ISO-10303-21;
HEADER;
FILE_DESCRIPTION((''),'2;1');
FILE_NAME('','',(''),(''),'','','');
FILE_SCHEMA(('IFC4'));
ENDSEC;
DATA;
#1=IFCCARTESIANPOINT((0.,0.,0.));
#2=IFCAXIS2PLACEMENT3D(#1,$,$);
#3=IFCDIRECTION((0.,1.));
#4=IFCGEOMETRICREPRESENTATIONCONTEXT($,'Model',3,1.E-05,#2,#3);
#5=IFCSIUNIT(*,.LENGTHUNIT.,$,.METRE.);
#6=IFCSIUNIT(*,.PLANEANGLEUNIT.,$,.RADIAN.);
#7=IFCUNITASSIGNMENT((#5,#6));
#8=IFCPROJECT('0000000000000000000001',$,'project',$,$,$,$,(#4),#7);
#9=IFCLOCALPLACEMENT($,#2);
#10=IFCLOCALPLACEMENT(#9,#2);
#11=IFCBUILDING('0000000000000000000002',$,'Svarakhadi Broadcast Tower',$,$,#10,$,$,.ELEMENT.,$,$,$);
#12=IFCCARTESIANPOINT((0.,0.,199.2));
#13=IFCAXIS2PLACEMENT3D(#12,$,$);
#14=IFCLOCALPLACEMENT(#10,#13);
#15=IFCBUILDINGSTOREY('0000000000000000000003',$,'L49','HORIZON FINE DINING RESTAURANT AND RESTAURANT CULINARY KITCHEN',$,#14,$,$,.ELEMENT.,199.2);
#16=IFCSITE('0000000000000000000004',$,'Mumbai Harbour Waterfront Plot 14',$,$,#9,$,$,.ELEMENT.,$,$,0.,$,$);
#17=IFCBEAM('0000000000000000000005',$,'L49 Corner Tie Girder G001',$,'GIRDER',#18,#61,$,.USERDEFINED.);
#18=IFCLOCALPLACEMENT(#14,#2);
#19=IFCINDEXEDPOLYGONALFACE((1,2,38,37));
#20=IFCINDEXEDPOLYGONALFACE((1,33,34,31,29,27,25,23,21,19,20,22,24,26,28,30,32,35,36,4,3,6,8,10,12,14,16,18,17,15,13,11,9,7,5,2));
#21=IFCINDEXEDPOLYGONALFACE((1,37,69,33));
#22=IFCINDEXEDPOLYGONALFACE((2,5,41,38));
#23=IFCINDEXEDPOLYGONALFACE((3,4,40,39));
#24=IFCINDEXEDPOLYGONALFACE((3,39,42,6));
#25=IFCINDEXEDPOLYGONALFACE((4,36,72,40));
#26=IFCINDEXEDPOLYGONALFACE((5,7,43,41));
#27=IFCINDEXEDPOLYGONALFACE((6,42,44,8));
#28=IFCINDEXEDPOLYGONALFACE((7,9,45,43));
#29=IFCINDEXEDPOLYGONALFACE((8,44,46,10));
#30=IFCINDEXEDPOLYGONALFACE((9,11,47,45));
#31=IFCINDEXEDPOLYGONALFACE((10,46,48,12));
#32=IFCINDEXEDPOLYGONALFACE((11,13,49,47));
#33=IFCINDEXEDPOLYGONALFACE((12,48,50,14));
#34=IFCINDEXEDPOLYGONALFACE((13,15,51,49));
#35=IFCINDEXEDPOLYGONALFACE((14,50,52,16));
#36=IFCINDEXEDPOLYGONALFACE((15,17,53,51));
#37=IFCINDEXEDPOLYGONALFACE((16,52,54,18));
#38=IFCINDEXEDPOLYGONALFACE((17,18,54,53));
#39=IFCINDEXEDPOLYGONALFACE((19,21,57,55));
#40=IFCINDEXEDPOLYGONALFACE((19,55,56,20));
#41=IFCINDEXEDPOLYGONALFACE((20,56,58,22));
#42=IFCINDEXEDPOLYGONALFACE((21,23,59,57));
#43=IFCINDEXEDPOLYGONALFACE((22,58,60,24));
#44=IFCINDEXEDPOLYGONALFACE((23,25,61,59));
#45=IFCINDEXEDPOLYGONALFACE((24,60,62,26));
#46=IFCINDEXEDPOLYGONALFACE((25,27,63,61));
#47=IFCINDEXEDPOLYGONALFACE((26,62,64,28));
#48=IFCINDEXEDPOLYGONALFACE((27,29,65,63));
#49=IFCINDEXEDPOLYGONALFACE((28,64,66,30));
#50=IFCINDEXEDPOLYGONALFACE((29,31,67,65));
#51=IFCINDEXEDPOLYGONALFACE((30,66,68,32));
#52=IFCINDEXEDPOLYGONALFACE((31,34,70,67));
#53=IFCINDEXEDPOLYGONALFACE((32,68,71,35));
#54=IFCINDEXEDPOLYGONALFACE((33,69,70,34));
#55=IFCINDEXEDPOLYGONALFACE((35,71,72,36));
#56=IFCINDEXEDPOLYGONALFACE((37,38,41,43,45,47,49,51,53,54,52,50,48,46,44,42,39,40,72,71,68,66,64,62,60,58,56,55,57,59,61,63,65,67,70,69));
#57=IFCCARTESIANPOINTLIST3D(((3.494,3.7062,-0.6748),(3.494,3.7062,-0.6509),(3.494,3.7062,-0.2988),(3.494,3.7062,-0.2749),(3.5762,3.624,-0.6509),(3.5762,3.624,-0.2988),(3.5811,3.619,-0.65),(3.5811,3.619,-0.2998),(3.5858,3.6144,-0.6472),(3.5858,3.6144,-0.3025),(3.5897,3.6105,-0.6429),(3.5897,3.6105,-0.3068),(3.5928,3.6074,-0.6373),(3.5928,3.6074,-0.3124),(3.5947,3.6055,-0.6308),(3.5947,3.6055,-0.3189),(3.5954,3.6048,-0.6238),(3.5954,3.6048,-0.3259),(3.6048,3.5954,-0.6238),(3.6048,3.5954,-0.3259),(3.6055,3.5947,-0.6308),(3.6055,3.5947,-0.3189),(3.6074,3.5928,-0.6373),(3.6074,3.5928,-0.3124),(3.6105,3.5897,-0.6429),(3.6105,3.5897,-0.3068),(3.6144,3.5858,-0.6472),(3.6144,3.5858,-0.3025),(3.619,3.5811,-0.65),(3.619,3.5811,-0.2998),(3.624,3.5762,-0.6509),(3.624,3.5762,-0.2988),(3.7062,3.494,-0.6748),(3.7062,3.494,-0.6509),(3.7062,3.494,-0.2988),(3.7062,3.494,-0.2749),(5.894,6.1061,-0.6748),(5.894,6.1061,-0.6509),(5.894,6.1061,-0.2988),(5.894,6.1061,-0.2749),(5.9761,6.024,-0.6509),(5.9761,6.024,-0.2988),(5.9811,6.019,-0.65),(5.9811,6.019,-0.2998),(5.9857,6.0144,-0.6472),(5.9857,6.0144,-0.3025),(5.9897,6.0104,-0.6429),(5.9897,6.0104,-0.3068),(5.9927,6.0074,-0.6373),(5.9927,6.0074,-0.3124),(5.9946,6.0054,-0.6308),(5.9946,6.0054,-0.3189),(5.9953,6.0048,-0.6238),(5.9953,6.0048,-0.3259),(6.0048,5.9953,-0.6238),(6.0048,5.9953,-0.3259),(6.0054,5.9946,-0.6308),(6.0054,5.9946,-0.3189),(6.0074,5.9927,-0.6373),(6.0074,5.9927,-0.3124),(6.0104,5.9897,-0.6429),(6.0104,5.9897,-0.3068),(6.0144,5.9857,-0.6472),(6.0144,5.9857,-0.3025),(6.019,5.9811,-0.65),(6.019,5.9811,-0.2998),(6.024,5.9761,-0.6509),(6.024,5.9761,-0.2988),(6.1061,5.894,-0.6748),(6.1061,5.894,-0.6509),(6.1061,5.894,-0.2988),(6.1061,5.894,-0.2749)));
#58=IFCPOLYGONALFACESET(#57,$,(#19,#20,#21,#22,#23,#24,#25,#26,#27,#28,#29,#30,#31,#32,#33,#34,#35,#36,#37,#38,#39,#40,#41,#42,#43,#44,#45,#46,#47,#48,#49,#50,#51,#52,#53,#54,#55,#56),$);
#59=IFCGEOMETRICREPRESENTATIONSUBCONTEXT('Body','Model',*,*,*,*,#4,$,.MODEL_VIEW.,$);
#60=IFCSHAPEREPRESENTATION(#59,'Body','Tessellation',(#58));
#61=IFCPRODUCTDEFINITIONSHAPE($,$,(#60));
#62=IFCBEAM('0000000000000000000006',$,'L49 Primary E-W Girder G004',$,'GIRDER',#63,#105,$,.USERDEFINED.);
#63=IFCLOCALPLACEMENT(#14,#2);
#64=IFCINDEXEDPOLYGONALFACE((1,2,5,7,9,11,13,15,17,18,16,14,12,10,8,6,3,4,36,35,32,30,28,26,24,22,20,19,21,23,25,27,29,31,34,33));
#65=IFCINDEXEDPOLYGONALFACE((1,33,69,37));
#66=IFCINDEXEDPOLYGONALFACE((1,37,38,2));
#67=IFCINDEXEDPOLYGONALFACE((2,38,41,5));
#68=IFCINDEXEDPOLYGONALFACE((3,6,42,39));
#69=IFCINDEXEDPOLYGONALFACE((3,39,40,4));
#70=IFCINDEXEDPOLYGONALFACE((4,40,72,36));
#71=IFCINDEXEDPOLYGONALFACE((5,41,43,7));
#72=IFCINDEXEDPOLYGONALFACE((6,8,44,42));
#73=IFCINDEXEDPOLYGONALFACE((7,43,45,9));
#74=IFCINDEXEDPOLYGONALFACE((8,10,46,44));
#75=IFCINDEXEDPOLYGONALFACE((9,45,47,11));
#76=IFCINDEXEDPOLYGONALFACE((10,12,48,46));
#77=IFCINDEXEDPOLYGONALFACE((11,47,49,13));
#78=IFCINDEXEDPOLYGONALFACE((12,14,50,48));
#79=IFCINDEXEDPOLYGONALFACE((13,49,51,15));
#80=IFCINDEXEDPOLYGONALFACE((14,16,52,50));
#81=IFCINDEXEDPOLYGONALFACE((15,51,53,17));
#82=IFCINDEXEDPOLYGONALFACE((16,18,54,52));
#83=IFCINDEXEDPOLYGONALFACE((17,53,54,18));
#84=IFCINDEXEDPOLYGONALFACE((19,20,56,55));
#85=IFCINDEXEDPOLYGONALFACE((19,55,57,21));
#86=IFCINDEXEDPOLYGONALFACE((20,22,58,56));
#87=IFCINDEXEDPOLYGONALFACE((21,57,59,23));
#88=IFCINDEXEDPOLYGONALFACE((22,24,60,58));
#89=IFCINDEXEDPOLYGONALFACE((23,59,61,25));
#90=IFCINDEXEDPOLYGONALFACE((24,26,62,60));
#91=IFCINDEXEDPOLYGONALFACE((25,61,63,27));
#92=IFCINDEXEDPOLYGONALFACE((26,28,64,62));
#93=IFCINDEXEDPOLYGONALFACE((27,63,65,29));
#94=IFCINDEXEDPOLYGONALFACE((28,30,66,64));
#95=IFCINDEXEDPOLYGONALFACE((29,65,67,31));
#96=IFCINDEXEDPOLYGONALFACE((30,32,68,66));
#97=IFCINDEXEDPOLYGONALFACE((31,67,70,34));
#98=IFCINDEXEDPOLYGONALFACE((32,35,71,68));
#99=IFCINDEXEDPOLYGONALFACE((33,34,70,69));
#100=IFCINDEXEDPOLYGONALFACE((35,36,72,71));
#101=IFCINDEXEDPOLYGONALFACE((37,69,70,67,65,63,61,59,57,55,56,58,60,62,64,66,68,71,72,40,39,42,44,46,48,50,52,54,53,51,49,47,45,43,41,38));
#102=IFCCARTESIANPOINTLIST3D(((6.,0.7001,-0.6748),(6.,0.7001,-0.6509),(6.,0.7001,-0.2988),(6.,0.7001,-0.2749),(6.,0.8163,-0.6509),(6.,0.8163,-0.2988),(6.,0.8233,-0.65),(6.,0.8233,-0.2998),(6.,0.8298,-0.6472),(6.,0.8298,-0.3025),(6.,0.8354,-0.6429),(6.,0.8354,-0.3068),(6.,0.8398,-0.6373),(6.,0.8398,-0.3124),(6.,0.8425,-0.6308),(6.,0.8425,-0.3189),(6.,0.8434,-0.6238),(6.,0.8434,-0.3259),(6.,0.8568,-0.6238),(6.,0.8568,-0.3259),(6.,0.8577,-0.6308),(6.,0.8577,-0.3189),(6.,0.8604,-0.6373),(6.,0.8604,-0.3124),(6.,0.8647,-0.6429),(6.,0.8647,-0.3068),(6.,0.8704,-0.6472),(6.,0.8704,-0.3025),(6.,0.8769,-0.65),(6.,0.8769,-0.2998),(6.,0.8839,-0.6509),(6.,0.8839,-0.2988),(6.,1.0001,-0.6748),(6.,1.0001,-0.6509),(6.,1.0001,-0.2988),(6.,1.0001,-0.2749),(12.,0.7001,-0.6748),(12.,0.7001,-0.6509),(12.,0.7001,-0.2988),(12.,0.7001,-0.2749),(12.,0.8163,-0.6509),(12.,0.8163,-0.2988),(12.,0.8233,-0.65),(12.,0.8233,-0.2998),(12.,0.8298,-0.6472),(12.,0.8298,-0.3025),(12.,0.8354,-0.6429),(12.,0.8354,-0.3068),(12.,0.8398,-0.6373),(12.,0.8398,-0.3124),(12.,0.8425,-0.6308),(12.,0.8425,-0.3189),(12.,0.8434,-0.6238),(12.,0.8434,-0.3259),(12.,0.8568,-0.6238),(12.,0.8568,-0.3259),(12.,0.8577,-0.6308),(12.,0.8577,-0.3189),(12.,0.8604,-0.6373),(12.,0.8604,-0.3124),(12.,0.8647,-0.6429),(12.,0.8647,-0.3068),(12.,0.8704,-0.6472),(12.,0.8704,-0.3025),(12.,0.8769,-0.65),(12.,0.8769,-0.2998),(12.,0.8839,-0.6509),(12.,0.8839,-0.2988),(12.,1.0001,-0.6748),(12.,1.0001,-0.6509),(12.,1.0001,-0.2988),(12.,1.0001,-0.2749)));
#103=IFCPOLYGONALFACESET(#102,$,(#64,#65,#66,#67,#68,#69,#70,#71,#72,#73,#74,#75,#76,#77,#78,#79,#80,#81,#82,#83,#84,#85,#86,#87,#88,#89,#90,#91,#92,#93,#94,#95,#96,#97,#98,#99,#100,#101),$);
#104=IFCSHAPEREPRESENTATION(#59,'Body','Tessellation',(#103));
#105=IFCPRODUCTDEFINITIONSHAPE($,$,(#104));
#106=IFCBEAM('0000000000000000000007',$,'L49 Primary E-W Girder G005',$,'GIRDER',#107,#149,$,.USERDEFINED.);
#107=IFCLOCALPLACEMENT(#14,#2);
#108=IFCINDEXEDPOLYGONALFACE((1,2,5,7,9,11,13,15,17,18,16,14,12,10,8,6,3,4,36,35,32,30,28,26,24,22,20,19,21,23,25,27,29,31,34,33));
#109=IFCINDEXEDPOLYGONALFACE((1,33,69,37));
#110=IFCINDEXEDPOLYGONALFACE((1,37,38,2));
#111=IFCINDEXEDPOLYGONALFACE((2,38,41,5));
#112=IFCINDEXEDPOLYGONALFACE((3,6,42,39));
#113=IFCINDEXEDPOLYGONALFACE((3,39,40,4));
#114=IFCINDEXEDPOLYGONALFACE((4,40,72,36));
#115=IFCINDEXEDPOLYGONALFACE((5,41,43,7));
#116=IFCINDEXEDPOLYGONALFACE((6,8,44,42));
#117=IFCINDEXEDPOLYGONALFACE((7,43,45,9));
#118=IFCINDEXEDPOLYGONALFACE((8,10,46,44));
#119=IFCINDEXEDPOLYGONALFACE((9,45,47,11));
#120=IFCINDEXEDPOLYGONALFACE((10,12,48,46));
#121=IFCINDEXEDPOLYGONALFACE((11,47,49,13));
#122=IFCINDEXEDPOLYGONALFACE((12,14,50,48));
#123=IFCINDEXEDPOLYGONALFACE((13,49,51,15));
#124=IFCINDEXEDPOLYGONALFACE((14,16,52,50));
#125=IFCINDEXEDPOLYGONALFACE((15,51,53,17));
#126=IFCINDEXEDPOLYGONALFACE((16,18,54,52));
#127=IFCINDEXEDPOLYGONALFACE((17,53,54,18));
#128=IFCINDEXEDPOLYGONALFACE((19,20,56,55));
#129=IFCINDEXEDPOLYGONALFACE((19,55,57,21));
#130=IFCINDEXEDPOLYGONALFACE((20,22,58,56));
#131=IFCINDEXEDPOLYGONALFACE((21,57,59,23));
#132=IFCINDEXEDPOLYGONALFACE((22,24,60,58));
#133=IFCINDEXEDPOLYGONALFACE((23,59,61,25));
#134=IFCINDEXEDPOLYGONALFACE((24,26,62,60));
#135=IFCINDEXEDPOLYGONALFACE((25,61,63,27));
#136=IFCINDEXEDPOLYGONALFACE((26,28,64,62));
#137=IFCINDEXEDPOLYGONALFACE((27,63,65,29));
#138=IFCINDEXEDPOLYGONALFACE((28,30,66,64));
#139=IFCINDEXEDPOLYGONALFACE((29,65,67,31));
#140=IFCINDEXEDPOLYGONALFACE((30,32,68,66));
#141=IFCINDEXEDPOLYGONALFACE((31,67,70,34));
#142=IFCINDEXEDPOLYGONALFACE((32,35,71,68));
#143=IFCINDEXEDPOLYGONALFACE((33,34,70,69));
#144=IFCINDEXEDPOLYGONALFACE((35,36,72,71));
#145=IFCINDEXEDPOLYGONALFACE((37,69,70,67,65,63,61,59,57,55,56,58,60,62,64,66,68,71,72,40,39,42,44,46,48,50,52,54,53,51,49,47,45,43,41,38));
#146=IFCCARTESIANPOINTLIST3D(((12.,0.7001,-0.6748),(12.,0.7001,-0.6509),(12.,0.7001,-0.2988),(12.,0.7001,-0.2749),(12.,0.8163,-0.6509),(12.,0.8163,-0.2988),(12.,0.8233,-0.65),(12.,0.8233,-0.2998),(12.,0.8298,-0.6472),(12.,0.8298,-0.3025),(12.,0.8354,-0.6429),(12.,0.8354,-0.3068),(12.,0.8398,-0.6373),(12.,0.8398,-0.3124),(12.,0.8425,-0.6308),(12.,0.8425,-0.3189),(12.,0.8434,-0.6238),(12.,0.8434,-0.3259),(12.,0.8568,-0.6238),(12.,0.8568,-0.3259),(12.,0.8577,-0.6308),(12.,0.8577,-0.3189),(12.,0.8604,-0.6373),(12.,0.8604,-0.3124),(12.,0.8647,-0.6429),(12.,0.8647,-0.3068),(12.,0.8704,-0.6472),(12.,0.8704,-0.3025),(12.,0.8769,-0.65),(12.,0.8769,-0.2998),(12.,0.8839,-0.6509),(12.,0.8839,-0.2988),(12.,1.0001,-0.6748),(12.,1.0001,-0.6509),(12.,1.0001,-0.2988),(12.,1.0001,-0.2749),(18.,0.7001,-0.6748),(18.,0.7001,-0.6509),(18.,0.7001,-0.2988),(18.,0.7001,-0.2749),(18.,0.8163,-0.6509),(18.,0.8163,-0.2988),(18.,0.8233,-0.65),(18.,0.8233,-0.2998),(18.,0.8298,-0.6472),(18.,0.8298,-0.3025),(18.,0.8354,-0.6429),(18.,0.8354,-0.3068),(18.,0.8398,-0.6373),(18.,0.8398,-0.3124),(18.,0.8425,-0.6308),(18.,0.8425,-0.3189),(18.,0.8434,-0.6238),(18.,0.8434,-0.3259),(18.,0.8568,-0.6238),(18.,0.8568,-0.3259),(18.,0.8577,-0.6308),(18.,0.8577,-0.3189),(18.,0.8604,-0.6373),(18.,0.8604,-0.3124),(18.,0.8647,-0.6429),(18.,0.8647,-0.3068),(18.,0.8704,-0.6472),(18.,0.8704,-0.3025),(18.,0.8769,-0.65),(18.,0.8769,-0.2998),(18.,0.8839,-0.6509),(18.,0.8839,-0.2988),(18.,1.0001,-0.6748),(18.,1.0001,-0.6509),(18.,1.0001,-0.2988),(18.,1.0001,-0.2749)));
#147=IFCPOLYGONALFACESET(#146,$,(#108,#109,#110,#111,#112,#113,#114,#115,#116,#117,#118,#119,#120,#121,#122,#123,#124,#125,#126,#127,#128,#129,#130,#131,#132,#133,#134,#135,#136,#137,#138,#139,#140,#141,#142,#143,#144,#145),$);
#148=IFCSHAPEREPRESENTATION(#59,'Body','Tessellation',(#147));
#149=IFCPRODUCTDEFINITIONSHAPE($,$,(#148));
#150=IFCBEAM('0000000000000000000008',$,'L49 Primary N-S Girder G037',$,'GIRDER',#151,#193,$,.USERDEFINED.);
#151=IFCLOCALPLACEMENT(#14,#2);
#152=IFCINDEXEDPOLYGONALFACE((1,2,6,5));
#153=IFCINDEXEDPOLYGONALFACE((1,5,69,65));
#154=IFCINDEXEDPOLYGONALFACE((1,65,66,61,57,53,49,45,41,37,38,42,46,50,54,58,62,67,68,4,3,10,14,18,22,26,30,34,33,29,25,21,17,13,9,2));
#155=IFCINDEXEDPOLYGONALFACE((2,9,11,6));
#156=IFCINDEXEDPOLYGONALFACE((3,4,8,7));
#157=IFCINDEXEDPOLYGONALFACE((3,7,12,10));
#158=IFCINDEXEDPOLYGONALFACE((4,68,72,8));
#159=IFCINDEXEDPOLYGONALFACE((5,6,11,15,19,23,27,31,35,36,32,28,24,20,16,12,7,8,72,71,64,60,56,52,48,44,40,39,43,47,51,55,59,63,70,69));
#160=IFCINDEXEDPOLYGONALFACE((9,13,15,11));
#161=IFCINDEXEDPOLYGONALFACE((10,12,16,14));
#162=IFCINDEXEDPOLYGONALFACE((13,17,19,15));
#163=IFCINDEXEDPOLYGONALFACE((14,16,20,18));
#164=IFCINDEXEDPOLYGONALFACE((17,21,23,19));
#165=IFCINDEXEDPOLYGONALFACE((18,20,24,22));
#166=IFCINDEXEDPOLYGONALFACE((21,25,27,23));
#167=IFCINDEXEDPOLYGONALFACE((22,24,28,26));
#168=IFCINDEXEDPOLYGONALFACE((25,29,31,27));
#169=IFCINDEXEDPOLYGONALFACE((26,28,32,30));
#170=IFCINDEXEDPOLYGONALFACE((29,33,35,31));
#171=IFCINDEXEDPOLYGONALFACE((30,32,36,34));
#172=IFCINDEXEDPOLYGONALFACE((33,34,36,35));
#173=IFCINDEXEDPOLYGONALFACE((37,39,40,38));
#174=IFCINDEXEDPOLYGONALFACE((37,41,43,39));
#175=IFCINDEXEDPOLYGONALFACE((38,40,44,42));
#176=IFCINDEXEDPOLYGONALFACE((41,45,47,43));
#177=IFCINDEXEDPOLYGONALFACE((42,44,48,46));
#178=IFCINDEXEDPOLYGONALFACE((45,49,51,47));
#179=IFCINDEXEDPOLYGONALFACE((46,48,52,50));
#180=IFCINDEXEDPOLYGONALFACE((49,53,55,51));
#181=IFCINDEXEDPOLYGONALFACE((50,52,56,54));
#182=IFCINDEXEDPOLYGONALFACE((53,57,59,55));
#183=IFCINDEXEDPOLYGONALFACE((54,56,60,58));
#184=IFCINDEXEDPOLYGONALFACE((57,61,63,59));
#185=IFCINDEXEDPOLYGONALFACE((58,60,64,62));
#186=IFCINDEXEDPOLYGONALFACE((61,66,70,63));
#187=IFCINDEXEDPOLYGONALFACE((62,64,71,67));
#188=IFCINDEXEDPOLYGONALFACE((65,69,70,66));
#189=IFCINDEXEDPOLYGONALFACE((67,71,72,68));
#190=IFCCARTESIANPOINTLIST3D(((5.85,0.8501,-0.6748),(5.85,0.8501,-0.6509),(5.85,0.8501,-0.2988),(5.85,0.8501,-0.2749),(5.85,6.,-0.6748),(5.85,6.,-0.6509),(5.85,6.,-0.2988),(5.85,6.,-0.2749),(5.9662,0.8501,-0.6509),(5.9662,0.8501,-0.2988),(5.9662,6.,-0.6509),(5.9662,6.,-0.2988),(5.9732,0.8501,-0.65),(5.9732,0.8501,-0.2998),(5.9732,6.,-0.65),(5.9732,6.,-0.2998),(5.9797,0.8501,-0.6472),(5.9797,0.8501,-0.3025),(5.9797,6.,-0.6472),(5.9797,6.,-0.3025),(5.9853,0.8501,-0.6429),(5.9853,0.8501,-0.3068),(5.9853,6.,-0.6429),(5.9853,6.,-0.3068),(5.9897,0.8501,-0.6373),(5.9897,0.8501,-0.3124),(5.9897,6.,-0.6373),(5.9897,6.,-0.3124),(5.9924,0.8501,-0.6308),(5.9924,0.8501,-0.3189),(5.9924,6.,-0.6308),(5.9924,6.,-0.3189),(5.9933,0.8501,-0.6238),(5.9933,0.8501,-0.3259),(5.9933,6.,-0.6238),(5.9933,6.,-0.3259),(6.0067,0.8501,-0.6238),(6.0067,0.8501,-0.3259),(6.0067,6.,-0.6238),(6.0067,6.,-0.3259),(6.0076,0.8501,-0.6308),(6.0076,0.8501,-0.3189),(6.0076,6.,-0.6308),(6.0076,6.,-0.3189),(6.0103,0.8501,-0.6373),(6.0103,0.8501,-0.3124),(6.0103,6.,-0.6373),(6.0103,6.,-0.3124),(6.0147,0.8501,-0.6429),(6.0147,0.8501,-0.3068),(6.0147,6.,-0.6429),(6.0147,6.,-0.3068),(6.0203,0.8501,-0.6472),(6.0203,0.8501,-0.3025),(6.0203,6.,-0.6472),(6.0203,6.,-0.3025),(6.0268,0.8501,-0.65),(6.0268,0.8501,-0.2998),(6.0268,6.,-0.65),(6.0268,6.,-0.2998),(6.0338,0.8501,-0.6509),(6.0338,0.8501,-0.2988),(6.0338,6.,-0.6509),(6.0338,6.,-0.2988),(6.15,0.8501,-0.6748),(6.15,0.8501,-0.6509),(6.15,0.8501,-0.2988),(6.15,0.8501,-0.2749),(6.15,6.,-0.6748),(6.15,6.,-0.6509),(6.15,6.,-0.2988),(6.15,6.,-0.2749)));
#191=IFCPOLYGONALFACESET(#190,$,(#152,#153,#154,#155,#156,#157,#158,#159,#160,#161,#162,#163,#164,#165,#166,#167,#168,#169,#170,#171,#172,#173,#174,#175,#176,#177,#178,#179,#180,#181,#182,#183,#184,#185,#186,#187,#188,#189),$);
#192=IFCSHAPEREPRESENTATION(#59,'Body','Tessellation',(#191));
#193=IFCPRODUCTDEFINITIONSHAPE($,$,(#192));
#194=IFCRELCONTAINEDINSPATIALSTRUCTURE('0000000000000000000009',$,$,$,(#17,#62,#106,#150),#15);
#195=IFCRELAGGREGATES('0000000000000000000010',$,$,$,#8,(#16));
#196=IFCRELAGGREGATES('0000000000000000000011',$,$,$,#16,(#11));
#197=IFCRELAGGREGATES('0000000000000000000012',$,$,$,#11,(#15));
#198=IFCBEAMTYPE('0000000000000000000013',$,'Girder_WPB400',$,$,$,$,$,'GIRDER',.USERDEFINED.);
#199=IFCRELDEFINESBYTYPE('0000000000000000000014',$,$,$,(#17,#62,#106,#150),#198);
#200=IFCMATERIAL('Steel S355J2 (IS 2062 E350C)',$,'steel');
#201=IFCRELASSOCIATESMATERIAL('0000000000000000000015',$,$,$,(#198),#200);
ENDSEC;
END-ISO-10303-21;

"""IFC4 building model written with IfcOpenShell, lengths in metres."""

from ifc_helpers import new_model, si_unit, direction, frame, origin, origin_2d, place, context, subcontext, project, spatial, i_section, extrude, material, material_profile, profile_set, type_object, element, save


model = new_model("IFC4")

# Units and contexts
model_context = context("Model", 3, precision=1e-05, world=origin(), true_north=direction((0.0, 1.0)))
body_context = subcontext(model_context, "Body", "Model", "MODEL_VIEW")
ifc_project = project(units=[si_unit("LENGTHUNIT", "METRE"), si_unit("PLANEANGLEUNIT", "RADIAN")], contexts=[model_context])

# Site, building, storey
site_placement = place(None, origin())
site = spatial("IfcSite", under=ifc_project, at=site_placement, Name="Mumbai Harbour Waterfront Plot 14", CompositionType="ELEMENT", RefElevation=0.0)
building_placement = place(site_placement, origin())
building = spatial("IfcBuilding", under=site, at=building_placement, Name="Svarakhadi Broadcast Tower", CompositionType="ELEMENT")
storey_placement = place(building_placement, frame((0.0, 0.0, 199.2)))
storey = spatial("IfcBuildingStorey", under=building, at=storey_placement, Name="L49", Description="HORIZON FINE DINING RESTAURANT AND RESTAURANT CULINARY KITCHEN", CompositionType="ELEMENT", Elevation=199.2)

# Shared definitions
ifc_material_1 = material(Name="Steel S355J2 (IS 2062 E350C)", Category="steel")

# Beams
ifc_material_profile_1 = material_profile(ifc_material_1, i_section(OverallWidth=0.3, OverallDepth=0.3999, WebThickness=0.0134, FlangeThickness=0.0239, FilletRadius=0.0271, at=origin_2d()), Name="WPB 400x300x155")
ifc_profile_set_1 = profile_set([ifc_material_profile_1], Name="Steel S355J2 (IS 2062 E350C)")
beam_type_1 = type_object("IfcBeamType", Name="Girder_WPB400", ElementType="GIRDER", PredefinedType="USERDEFINED", material=ifc_profile_set_1)
beam_placement = place(storey_placement, frame((3.6001, 3.6001, -0.4749), z_axis=(0.707107, 0.707107, 0.0), x_axis=(-0.707107, 0.707107, 0.0)))
element("IfcBeam", 1, at=beam_placement, inside=storey, type_object=beam_type_1, Name="L49 Corner Tie Girder G001", ObjectType="GIRDER", PredefinedType="USERDEFINED", context=body_context, shape_type="SweptSolid", body=[
    extrude(i_section(OverallWidth=0.3, OverallDepth=0.3999, WebThickness=0.0134, FlangeThickness=0.0239, FilletRadius=0.0271, at=origin_2d()), origin(), (0.0, 0.0, 1.0), 3.394),
])
for number, where, z_axis, x_axis, name in (
    (2, (6.0, 0.8501, -0.4749), (1.0, 0.0, 0.0), (0.0, 1.0, 0.0), "L49 Primary E-W Girder G004"),
    (3, (12.0, 0.8501, -0.4749), (1.0, 0.0, 0.0), (0.0, 1.0, 0.0), "L49 Primary E-W Girder G005"),
):
    element("IfcBeam", number, at=place(storey_placement, frame(where, z_axis=z_axis, x_axis=x_axis)), inside=storey, type_object=beam_type_1, Name=name, ObjectType="GIRDER", PredefinedType="USERDEFINED", context=body_context, shape_type="SweptSolid", body=[
        extrude(i_section(OverallWidth=0.3, OverallDepth=0.3999, WebThickness=0.0134, FlangeThickness=0.0239, FilletRadius=0.0271, at=origin_2d()), origin(), (0.0, 0.0, 1.0), 6.0),
    ])
for number, where, z_axis, x_axis, name in (
    (4, (6.0, 0.8501, -0.4749), (0.0, 1.0, 0.0), (-1.0, 0.0, 0.0), "L49 Primary N-S Girder G037"),
):
    element("IfcBeam", number, at=place(storey_placement, frame(where, z_axis=z_axis, x_axis=x_axis)), inside=storey, type_object=beam_type_1, Name=name, ObjectType="GIRDER", PredefinedType="USERDEFINED", context=body_context, shape_type="SweptSolid", body=[
        extrude(i_section(OverallWidth=0.3, OverallDepth=0.3999, WebThickness=0.0134, FlangeThickness=0.0239, FilletRadius=0.0271, at=origin_2d()), origin(), (0.0, 0.0, 1.0), 5.1499),
    ])

save(model, "model.ifc")
